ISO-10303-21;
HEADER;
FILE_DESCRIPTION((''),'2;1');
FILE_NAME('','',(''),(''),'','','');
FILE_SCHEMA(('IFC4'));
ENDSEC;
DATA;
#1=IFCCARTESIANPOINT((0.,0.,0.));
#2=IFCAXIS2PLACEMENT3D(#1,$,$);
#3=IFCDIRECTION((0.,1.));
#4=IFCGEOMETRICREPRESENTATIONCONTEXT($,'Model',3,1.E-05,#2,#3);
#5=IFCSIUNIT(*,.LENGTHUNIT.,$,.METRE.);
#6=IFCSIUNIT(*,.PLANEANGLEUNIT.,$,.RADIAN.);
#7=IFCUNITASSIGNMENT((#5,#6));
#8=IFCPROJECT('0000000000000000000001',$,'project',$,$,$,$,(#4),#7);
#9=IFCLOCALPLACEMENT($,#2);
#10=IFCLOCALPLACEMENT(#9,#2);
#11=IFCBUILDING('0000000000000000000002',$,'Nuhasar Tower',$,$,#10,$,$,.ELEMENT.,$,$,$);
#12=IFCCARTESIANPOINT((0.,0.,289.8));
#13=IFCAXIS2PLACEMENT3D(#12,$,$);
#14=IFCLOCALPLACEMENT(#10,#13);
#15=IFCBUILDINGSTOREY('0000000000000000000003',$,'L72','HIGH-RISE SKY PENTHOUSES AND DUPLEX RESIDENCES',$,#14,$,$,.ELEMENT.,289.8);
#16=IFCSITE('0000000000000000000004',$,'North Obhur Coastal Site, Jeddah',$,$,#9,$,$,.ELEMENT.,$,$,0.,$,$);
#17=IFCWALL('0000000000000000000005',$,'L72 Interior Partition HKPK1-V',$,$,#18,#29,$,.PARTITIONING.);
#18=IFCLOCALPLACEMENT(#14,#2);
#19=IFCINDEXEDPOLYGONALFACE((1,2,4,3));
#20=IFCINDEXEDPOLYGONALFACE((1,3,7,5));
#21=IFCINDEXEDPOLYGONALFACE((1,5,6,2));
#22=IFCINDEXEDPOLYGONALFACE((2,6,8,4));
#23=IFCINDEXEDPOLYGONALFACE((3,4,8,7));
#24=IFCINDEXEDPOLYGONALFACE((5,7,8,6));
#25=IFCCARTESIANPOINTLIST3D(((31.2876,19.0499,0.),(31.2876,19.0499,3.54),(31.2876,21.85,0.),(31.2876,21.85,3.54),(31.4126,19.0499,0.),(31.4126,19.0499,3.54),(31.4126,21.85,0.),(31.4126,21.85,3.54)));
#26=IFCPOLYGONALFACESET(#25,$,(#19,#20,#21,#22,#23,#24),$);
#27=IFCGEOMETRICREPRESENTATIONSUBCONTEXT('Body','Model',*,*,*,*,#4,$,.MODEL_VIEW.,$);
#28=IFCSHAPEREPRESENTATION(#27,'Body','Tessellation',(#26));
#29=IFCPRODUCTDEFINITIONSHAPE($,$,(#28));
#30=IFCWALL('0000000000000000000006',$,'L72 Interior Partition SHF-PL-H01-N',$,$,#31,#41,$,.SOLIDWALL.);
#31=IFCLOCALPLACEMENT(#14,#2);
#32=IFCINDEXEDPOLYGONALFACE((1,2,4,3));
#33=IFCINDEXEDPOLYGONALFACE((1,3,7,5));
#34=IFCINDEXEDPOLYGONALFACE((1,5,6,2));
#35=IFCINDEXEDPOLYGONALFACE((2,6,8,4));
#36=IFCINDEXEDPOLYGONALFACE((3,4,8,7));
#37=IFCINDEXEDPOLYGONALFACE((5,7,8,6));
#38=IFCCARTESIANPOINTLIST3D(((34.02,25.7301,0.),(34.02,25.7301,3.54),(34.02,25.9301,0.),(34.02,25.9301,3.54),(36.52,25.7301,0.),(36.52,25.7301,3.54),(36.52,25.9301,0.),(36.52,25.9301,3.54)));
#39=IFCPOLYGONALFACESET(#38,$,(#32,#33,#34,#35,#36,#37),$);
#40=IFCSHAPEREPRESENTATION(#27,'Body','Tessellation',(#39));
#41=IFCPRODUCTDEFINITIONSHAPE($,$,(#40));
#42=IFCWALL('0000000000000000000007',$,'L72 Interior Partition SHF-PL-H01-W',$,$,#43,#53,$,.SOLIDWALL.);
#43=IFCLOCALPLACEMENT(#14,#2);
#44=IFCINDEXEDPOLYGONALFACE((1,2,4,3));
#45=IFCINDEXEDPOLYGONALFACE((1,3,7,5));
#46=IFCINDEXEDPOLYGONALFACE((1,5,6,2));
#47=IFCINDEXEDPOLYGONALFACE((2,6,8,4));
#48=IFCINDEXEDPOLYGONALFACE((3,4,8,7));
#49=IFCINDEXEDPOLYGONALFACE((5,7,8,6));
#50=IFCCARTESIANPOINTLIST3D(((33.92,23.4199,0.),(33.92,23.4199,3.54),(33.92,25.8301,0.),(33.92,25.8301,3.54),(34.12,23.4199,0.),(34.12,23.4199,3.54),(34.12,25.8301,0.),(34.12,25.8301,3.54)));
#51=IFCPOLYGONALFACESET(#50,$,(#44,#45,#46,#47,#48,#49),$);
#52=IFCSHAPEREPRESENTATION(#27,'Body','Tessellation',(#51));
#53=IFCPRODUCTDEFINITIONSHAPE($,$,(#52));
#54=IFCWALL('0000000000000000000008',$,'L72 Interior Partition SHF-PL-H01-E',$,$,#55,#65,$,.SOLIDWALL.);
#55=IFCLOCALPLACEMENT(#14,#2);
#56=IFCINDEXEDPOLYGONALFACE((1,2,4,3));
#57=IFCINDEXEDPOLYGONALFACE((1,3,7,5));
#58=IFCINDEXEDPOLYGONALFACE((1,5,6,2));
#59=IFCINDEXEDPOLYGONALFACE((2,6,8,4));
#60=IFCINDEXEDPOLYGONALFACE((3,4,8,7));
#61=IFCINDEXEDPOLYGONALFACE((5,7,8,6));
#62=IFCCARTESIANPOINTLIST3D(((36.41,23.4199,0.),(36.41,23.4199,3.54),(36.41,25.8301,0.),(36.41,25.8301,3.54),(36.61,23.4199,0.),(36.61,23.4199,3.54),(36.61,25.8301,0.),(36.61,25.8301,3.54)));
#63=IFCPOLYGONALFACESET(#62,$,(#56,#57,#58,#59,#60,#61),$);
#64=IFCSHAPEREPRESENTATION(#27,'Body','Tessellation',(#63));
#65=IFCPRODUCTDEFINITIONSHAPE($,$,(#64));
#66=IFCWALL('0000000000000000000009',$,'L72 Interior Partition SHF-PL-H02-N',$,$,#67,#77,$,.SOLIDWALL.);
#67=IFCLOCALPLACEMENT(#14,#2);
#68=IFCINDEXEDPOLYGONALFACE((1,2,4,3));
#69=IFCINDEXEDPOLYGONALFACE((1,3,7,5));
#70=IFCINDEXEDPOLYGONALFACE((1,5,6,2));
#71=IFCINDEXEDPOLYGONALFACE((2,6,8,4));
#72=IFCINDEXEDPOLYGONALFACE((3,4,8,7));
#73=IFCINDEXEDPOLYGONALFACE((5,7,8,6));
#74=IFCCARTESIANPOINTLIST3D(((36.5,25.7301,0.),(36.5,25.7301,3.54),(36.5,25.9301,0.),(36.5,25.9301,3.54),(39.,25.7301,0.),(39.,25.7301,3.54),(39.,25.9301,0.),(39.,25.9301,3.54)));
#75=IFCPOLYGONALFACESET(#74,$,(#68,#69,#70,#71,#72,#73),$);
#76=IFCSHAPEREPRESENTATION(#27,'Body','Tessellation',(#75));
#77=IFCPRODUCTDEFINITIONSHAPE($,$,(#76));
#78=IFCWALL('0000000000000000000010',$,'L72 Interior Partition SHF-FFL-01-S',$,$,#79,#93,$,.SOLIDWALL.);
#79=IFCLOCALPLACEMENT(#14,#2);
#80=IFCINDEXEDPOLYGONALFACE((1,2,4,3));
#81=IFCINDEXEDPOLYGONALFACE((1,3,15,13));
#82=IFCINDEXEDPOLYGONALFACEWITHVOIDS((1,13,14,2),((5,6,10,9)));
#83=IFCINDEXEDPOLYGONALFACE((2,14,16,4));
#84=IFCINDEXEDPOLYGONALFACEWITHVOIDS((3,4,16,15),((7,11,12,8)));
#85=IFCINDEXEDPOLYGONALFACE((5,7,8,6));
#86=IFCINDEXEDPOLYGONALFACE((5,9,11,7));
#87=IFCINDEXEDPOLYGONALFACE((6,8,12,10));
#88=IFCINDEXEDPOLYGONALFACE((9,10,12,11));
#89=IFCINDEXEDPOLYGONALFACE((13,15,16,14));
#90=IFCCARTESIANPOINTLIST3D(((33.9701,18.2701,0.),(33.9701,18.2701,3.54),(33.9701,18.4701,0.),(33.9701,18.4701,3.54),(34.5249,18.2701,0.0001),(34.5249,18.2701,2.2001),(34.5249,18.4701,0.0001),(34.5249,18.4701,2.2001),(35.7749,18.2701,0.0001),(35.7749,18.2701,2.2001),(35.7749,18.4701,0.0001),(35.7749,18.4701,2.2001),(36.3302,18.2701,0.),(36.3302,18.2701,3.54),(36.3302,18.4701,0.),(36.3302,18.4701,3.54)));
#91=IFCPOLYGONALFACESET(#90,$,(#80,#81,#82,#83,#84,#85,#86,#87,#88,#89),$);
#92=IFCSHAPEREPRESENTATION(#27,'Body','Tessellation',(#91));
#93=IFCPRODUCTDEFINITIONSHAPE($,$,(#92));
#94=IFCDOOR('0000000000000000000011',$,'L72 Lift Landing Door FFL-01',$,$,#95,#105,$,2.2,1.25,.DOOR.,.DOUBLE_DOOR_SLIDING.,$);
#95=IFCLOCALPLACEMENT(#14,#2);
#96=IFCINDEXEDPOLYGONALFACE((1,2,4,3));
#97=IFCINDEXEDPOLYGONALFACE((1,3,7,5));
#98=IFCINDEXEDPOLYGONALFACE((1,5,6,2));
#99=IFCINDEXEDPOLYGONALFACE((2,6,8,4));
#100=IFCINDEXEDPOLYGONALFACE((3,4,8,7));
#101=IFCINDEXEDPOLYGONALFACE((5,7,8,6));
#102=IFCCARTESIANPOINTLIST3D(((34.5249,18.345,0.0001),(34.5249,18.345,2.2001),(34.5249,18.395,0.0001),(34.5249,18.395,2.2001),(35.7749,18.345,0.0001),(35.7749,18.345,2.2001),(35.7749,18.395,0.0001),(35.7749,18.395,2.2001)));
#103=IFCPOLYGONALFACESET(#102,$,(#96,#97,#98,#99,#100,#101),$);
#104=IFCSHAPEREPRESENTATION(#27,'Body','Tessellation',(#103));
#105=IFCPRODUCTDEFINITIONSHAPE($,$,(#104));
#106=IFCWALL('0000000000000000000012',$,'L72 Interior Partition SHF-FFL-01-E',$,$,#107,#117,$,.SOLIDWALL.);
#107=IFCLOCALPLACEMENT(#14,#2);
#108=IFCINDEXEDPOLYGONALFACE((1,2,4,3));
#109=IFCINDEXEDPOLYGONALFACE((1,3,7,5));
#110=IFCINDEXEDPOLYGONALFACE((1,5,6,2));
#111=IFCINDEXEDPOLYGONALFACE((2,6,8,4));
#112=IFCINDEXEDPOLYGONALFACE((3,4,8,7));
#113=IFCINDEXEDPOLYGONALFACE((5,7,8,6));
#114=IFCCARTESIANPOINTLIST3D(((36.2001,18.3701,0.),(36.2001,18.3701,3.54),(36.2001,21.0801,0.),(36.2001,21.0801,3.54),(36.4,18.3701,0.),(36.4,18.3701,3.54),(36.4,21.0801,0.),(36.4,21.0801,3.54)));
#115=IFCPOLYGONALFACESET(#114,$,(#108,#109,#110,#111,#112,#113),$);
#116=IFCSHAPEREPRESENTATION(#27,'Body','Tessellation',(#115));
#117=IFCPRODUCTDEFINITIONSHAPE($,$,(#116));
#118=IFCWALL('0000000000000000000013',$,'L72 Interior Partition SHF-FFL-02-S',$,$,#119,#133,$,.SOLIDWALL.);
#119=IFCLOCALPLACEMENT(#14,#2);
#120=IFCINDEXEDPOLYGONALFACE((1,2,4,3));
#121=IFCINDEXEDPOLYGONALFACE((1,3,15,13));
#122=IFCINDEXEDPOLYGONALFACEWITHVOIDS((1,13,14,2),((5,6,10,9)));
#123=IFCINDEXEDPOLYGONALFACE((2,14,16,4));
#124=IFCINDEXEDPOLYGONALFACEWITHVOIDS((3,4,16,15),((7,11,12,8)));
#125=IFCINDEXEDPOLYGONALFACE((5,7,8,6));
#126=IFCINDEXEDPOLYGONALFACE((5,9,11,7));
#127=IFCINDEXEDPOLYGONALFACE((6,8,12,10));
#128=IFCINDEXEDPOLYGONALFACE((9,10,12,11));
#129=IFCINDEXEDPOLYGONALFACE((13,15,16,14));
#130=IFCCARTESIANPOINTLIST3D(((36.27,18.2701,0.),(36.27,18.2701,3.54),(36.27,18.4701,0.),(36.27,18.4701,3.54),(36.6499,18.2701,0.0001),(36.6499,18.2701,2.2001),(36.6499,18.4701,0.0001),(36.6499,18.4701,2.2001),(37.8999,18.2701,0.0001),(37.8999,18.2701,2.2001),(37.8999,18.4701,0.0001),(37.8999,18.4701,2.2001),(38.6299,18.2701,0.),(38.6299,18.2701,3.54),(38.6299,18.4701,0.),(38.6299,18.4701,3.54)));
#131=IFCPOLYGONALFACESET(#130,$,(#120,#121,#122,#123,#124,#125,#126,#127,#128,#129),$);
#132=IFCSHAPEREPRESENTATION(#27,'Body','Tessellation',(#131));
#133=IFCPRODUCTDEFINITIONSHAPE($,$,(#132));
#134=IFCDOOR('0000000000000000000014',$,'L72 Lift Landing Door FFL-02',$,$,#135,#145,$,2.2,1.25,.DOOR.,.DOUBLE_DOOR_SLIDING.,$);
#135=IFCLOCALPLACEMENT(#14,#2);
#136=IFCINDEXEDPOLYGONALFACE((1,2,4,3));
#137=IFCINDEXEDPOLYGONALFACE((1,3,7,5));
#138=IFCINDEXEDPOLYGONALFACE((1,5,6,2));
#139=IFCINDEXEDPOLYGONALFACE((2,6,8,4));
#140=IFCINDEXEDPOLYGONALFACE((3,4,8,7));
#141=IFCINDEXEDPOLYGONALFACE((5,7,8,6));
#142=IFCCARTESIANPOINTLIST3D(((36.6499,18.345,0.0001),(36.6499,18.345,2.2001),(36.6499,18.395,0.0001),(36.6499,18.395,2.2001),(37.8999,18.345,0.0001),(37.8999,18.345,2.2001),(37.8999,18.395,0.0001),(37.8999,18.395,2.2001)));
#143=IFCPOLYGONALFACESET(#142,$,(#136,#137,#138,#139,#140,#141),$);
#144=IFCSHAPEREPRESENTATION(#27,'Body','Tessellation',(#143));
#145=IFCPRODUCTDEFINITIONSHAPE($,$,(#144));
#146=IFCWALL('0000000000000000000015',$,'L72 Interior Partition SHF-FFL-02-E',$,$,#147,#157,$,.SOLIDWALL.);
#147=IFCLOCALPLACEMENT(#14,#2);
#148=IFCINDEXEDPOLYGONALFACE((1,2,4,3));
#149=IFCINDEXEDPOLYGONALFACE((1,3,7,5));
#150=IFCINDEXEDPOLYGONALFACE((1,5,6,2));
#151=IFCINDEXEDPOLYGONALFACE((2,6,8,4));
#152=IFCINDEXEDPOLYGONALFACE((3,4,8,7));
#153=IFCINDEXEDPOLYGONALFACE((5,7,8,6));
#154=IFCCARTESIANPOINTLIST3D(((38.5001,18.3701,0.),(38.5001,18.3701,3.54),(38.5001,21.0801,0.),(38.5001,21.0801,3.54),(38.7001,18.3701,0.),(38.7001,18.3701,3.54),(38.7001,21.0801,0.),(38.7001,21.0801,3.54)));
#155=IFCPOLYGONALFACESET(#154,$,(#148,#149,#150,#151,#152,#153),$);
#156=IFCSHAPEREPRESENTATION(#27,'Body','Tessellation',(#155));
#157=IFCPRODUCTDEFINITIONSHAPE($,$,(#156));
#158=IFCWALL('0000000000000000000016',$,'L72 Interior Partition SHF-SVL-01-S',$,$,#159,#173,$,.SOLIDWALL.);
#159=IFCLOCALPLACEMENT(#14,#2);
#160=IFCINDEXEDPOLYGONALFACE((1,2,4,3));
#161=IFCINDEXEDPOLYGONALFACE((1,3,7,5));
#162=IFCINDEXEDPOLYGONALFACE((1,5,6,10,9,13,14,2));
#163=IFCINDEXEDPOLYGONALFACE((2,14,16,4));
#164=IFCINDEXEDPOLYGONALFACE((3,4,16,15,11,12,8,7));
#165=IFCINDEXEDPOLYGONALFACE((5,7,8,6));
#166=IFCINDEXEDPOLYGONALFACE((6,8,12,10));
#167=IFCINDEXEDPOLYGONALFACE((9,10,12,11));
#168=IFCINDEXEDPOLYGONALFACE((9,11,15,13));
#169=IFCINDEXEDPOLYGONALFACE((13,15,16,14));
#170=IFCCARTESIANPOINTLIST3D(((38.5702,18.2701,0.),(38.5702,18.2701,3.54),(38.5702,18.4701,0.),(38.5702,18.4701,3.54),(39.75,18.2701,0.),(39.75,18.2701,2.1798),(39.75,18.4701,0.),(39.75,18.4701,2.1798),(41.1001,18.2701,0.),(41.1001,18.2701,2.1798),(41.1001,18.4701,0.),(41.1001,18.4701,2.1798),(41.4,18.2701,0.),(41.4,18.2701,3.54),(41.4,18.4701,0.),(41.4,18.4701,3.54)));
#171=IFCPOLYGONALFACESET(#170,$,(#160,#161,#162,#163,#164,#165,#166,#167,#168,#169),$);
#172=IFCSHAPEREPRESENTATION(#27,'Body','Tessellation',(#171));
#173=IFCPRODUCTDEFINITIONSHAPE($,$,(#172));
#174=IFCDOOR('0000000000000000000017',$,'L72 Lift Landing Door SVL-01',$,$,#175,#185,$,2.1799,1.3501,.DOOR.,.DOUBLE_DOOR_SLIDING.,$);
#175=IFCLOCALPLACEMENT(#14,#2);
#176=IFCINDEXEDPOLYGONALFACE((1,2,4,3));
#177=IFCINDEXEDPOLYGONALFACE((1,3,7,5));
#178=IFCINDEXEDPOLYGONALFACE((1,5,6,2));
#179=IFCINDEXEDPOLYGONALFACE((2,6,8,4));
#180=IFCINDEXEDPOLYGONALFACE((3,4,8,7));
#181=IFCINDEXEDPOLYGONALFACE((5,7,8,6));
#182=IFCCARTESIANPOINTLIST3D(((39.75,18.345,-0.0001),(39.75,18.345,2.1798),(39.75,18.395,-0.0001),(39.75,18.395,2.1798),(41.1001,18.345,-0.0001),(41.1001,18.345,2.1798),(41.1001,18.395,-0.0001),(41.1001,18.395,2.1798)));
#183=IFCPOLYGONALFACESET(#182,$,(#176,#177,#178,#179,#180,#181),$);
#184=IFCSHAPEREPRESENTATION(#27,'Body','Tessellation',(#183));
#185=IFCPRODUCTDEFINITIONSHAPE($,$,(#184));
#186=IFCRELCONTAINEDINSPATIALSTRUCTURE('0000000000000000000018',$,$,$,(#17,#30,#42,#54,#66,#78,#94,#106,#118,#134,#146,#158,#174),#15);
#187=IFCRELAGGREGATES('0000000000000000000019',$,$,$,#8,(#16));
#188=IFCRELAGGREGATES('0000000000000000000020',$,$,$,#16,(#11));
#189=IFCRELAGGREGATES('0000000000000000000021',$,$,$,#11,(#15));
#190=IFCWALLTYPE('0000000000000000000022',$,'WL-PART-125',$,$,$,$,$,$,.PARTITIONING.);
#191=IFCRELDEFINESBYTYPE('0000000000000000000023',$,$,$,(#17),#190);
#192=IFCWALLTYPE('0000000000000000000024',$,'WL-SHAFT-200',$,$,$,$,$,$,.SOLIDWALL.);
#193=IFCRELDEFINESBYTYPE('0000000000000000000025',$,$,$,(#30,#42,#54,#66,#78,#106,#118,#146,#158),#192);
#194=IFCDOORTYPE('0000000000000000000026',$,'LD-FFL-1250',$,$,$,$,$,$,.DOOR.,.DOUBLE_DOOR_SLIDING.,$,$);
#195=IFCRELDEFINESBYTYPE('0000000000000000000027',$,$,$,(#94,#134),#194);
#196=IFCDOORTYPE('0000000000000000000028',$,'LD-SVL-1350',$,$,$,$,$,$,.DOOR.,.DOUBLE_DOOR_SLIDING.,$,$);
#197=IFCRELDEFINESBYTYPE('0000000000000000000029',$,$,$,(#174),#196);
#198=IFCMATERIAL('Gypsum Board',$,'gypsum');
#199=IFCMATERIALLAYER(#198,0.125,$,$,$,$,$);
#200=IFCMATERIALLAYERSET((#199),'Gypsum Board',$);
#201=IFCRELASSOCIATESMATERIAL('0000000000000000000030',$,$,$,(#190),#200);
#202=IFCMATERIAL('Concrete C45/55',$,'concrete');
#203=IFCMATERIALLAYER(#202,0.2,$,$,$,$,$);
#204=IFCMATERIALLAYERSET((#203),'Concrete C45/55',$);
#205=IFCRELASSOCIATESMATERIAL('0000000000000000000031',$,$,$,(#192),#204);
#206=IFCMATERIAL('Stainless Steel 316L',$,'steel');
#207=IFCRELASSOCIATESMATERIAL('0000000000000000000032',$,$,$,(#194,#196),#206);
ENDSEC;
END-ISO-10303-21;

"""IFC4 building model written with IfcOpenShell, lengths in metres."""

from ifc_helpers import new_model, si_unit, direction, frame, frame_2d, origin, place, context, subcontext, project, spatial, rectangle, extrude, material, layer, layer_set, type_object, element, fill, save


model = new_model("IFC4")

# Units and contexts
model_context = context("Model", 3, precision=1e-05, world=origin(), true_north=direction((0.0, 1.0)))
body_context = subcontext(model_context, "Body", "Model", "MODEL_VIEW")
ifc_project = project(units=[si_unit("LENGTHUNIT", "METRE"), si_unit("PLANEANGLEUNIT", "RADIAN")], contexts=[model_context])

# Site, building, storey
site_placement = place(None, origin())
site = spatial("IfcSite", under=ifc_project, at=site_placement, Name="North Obhur Coastal Site, Jeddah", CompositionType="ELEMENT", RefElevation=0.0)
building_placement = place(site_placement, origin())
building = spatial("IfcBuilding", under=site, at=building_placement, Name="Nuhasar Tower", CompositionType="ELEMENT")
storey_placement = place(building_placement, frame((0.0, 0.0, 289.8)))
storey = spatial("IfcBuildingStorey", under=building, at=storey_placement, Name="L72", Description="HIGH-RISE SKY PENTHOUSES AND DUPLEX RESIDENCES", CompositionType="ELEMENT", Elevation=289.8)

# Shared definitions
ifc_material_1 = material(Name="Gypsum Board", Category="gypsum")

# Shared definitions
ifc_material_2 = material(Name="Concrete C45/55", Category="concrete")

# Shared definitions
ifc_layer_1 = layer(ifc_material_1, 0.125)
ifc_layer_set_1 = layer_set([ifc_layer_1], Name="Gypsum Board")
wall_type_1 = type_object("IfcWallType", Name="WL-PART-125", PredefinedType="PARTITIONING", material=ifc_layer_set_1)

# Wall
wall_1_placement = place(storey_placement, frame((31.3501, 19.05, 0.0), z_axis=(0.0, 0.0, 1.0), x_axis=(0.0, 1.0, 0.0)))
element("IfcWall", 1, at=wall_1_placement, inside=storey, type_object=wall_type_1, Name="L72 Interior Partition HKPK1-V", PredefinedType="PARTITIONING", context=body_context, shape_type="SweptSolid", body=[
    extrude(rectangle(XDim=2.8, YDim=0.125, at=frame_2d((1.3999, 0.0))), origin(), (0.0, 0.0, 1.0), 3.54),
])

# Shared definitions
ifc_layer_2 = layer(ifc_material_2, 0.2)
ifc_layer_set_2 = layer_set([ifc_layer_2], Name="Concrete C45/55")
wall_type_2 = type_object("IfcWallType", Name="WL-SHAFT-200", PredefinedType="SOLIDWALL", material=ifc_layer_set_2)
ifc_material_3 = material(Name="Stainless Steel 316L", Category="steel")

# Walls
wall_2_placement = place(storey_placement, frame((34.02, 25.8301, 0.0), z_axis=(0.0, 0.0, 1.0), x_axis=(1.0, 0.0, 0.0)))
element("IfcWall", 2, at=wall_2_placement, inside=storey, type_object=wall_type_2, Name="L72 Interior Partition SHF-PL-H01-N", PredefinedType="SOLIDWALL", context=body_context, shape_type="SweptSolid", body=[
    extrude(rectangle(XDim=2.5, YDim=0.2, at=frame_2d((1.25, 0.0))), origin(), (0.0, 0.0, 1.0), 3.54),
])
for number, where, z_axis, x_axis, name in (
    (3, (34.02, 23.4199, 0.0), (0.0, 0.0, 1.0), (0.0, 1.0, 0.0), "L72 Interior Partition SHF-PL-H01-W"),
    (4, (36.51, 23.4199, 0.0), (0.0, 0.0, 1.0), (0.0, 1.0, 0.0), "L72 Interior Partition SHF-PL-H01-E"),
):
    element("IfcWall", number, at=place(storey_placement, frame(where, z_axis=z_axis, x_axis=x_axis)), inside=storey, type_object=wall_type_2, Name=name, PredefinedType="SOLIDWALL", context=body_context, shape_type="SweptSolid", body=[
        extrude(rectangle(XDim=2.4102, YDim=0.2, at=frame_2d((1.2051, 0.0))), origin(), (0.0, 0.0, 1.0), 3.54),
    ])

# Wall
wall_3_placement = place(storey_placement, frame((36.5, 25.8301, 0.0), z_axis=(0.0, 0.0, 1.0), x_axis=(1.0, 0.0, 0.0)))
element("IfcWall", 5, at=wall_3_placement, inside=storey, type_object=wall_type_2, Name="L72 Interior Partition SHF-PL-H02-N", PredefinedType="SOLIDWALL", context=body_context, shape_type="SweptSolid", body=[
    extrude(rectangle(XDim=2.5, YDim=0.2, at=frame_2d((1.25, 0.0))), origin(), (0.0, 0.0, 1.0), 3.54),
])

# Wall, opening, door
wall_4_placement = place(storey_placement, frame((33.97, 18.3701, 0.0), z_axis=(0.0, 0.0, 1.0), x_axis=(1.0, 0.0, 0.0)))
wall_4 = element("IfcWall", 6, at=wall_4_placement, inside=storey, type_object=wall_type_2, Name="L72 Interior Partition SHF-FFL-01-S", PredefinedType="SOLIDWALL", context=body_context, shape_type="SweptSolid", body=[
    extrude(rectangle(XDim=2.3601, YDim=0.2, at=frame_2d((1.1802, 0.0))), origin(), (0.0, 0.0, 1.0), 3.54),
])
opening_1_placement = place(wall_4_placement, frame((0.5549, 0.0, 0.0)))
opening_1 = element("IfcOpeningElement", 7, at=opening_1_placement, cuts=wall_4, PredefinedType="OPENING", context=body_context, shape_type="SweptSolid", body=[
    extrude(rectangle(XDim=1.25, YDim=2.2, at=frame_2d((0.625, 1.1001))), frame((0.0, 0.1099, 0.0), z_axis=(0.0, -1.0, 0.0), x_axis=(1.0, 0.0, 0.0)), (0.0, 0.0, 1.0), 0.22),
])
door_type_1 = type_object("IfcDoorType", Name="LD-FFL-1250", OperationType="DOUBLE_DOOR_SLIDING", PredefinedType="DOOR", material=ifc_material_3)
door_1_placement = place(opening_1_placement, origin())
door_1 = element("IfcDoor", 8, at=door_1_placement, inside=storey, type_object=door_type_1, Name="L72 Lift Landing Door FFL-01", OperationType="DOUBLE_DOOR_SLIDING", OverallHeight=2.2, OverallWidth=1.25, PredefinedType="DOOR", context=body_context, shape_type="SweptSolid", body=[
    extrude(rectangle(XDim=1.25, YDim=2.2, at=frame_2d((0.625, 1.1001))), frame((0.0, 0.0249, 0.0), z_axis=(0.0, -1.0, 0.0), x_axis=(1.0, 0.0, 0.0)), (0.0, 0.0, 1.0), 0.05),
])
fill(opening_1, door_1)

# Wall
wall_5_placement = place(storey_placement, frame((36.3, 18.3701, 0.0), z_axis=(0.0, 0.0, 1.0), x_axis=(0.0, 1.0, 0.0)))
element("IfcWall", 9, at=wall_5_placement, inside=storey, type_object=wall_type_2, Name="L72 Interior Partition SHF-FFL-01-E", PredefinedType="SOLIDWALL", context=body_context, shape_type="SweptSolid", body=[
    extrude(rectangle(XDim=2.71, YDim=0.2, at=frame_2d((1.355, 0.0))), origin(), (0.0, 0.0, 1.0), 3.54),
])

# Wall, opening, door
wall_6_placement = place(storey_placement, frame((36.27, 18.3701, 0.0), z_axis=(0.0, 0.0, 1.0), x_axis=(1.0, 0.0, 0.0)))
wall_6 = element("IfcWall", 10, at=wall_6_placement, inside=storey, type_object=wall_type_2, Name="L72 Interior Partition SHF-FFL-02-S", PredefinedType="SOLIDWALL", context=body_context, shape_type="SweptSolid", body=[
    extrude(rectangle(XDim=2.3599, YDim=0.2, at=frame_2d((1.1799, 0.0))), origin(), (0.0, 0.0, 1.0), 3.54),
])
opening_2_placement = place(wall_6_placement, frame((0.3799, 0.0, 0.0)))
opening_2 = element("IfcOpeningElement", 11, at=opening_2_placement, cuts=wall_6, PredefinedType="OPENING", context=body_context, shape_type="SweptSolid", body=[
    extrude(rectangle(XDim=1.25, YDim=2.2, at=frame_2d((0.625, 1.1001))), frame((0.0, 0.1099, 0.0), z_axis=(0.0, -1.0, 0.0), x_axis=(1.0, 0.0, 0.0)), (0.0, 0.0, 1.0), 0.22),
])
door_2_placement = place(opening_2_placement, origin())
door_2 = element("IfcDoor", 12, at=door_2_placement, inside=storey, type_object=door_type_1, Name="L72 Lift Landing Door FFL-02", OperationType="DOUBLE_DOOR_SLIDING", OverallHeight=2.2, OverallWidth=1.25, PredefinedType="DOOR", context=body_context, shape_type="SweptSolid", body=[
    extrude(rectangle(XDim=1.25, YDim=2.2, at=frame_2d((0.625, 1.1001))), frame((0.0, 0.0249, 0.0), z_axis=(0.0, -1.0, 0.0), x_axis=(1.0, 0.0, 0.0)), (0.0, 0.0, 1.0), 0.05),
])
fill(opening_2, door_2)

# Wall
wall_7_placement = place(storey_placement, frame((38.6001, 18.3701, 0.0), z_axis=(0.0, 0.0, 1.0), x_axis=(0.0, 1.0, 0.0)))
element("IfcWall", 13, at=wall_7_placement, inside=storey, type_object=wall_type_2, Name="L72 Interior Partition SHF-FFL-02-E", PredefinedType="SOLIDWALL", context=body_context, shape_type="SweptSolid", body=[
    extrude(rectangle(XDim=2.71, YDim=0.2, at=frame_2d((1.355, 0.0))), origin(), (0.0, 0.0, 1.0), 3.54),
])

# Wall, opening, door
wall_8_placement = place(storey_placement, frame((38.5701, 18.3701, 0.0), z_axis=(0.0, 0.0, 1.0), x_axis=(1.0, 0.0, 0.0)))
wall_8 = element("IfcWall", 14, at=wall_8_placement, inside=storey, type_object=wall_type_2, Name="L72 Interior Partition SHF-SVL-01-S", PredefinedType="SOLIDWALL", context=body_context, shape_type="SweptSolid", body=[
    extrude(rectangle(XDim=2.8298, YDim=0.2, at=frame_2d((1.415, 0.0))), origin(), (0.0, 0.0, 1.0), 3.54),
])
opening_3_placement = place(wall_8_placement, frame((1.1799, 0.0, 0.0)))
opening_3 = element("IfcOpeningElement", 15, at=opening_3_placement, cuts=wall_8, PredefinedType="OPENING", context=body_context, shape_type="SweptSolid", body=[
    extrude(rectangle(XDim=1.3501, YDim=2.1799, at=frame_2d((0.675, 1.0898))), frame((0.0, 0.1099, 0.0), z_axis=(0.0, -1.0, 0.0), x_axis=(1.0, 0.0, 0.0)), (0.0, 0.0, 1.0), 0.22),
])
door_type_2 = type_object("IfcDoorType", Name="LD-SVL-1350", OperationType="DOUBLE_DOOR_SLIDING", PredefinedType="DOOR", material=ifc_material_3)
door_3_placement = place(opening_3_placement, origin())
door_3 = element("IfcDoor", 16, at=door_3_placement, inside=storey, type_object=door_type_2, Name="L72 Lift Landing Door SVL-01", OperationType="DOUBLE_DOOR_SLIDING", OverallHeight=2.1799, OverallWidth=1.3501, PredefinedType="DOOR", context=body_context, shape_type="SweptSolid", body=[
    extrude(rectangle(XDim=1.3501, YDim=2.1799, at=frame_2d((0.675, 1.0898))), frame((0.0, 0.0249, 0.0), z_axis=(0.0, -1.0, 0.0), x_axis=(1.0, 0.0, 0.0)), (0.0, 0.0, 1.0), 0.05),
])
fill(opening_3, door_3)

save(model, "model.ifc")
